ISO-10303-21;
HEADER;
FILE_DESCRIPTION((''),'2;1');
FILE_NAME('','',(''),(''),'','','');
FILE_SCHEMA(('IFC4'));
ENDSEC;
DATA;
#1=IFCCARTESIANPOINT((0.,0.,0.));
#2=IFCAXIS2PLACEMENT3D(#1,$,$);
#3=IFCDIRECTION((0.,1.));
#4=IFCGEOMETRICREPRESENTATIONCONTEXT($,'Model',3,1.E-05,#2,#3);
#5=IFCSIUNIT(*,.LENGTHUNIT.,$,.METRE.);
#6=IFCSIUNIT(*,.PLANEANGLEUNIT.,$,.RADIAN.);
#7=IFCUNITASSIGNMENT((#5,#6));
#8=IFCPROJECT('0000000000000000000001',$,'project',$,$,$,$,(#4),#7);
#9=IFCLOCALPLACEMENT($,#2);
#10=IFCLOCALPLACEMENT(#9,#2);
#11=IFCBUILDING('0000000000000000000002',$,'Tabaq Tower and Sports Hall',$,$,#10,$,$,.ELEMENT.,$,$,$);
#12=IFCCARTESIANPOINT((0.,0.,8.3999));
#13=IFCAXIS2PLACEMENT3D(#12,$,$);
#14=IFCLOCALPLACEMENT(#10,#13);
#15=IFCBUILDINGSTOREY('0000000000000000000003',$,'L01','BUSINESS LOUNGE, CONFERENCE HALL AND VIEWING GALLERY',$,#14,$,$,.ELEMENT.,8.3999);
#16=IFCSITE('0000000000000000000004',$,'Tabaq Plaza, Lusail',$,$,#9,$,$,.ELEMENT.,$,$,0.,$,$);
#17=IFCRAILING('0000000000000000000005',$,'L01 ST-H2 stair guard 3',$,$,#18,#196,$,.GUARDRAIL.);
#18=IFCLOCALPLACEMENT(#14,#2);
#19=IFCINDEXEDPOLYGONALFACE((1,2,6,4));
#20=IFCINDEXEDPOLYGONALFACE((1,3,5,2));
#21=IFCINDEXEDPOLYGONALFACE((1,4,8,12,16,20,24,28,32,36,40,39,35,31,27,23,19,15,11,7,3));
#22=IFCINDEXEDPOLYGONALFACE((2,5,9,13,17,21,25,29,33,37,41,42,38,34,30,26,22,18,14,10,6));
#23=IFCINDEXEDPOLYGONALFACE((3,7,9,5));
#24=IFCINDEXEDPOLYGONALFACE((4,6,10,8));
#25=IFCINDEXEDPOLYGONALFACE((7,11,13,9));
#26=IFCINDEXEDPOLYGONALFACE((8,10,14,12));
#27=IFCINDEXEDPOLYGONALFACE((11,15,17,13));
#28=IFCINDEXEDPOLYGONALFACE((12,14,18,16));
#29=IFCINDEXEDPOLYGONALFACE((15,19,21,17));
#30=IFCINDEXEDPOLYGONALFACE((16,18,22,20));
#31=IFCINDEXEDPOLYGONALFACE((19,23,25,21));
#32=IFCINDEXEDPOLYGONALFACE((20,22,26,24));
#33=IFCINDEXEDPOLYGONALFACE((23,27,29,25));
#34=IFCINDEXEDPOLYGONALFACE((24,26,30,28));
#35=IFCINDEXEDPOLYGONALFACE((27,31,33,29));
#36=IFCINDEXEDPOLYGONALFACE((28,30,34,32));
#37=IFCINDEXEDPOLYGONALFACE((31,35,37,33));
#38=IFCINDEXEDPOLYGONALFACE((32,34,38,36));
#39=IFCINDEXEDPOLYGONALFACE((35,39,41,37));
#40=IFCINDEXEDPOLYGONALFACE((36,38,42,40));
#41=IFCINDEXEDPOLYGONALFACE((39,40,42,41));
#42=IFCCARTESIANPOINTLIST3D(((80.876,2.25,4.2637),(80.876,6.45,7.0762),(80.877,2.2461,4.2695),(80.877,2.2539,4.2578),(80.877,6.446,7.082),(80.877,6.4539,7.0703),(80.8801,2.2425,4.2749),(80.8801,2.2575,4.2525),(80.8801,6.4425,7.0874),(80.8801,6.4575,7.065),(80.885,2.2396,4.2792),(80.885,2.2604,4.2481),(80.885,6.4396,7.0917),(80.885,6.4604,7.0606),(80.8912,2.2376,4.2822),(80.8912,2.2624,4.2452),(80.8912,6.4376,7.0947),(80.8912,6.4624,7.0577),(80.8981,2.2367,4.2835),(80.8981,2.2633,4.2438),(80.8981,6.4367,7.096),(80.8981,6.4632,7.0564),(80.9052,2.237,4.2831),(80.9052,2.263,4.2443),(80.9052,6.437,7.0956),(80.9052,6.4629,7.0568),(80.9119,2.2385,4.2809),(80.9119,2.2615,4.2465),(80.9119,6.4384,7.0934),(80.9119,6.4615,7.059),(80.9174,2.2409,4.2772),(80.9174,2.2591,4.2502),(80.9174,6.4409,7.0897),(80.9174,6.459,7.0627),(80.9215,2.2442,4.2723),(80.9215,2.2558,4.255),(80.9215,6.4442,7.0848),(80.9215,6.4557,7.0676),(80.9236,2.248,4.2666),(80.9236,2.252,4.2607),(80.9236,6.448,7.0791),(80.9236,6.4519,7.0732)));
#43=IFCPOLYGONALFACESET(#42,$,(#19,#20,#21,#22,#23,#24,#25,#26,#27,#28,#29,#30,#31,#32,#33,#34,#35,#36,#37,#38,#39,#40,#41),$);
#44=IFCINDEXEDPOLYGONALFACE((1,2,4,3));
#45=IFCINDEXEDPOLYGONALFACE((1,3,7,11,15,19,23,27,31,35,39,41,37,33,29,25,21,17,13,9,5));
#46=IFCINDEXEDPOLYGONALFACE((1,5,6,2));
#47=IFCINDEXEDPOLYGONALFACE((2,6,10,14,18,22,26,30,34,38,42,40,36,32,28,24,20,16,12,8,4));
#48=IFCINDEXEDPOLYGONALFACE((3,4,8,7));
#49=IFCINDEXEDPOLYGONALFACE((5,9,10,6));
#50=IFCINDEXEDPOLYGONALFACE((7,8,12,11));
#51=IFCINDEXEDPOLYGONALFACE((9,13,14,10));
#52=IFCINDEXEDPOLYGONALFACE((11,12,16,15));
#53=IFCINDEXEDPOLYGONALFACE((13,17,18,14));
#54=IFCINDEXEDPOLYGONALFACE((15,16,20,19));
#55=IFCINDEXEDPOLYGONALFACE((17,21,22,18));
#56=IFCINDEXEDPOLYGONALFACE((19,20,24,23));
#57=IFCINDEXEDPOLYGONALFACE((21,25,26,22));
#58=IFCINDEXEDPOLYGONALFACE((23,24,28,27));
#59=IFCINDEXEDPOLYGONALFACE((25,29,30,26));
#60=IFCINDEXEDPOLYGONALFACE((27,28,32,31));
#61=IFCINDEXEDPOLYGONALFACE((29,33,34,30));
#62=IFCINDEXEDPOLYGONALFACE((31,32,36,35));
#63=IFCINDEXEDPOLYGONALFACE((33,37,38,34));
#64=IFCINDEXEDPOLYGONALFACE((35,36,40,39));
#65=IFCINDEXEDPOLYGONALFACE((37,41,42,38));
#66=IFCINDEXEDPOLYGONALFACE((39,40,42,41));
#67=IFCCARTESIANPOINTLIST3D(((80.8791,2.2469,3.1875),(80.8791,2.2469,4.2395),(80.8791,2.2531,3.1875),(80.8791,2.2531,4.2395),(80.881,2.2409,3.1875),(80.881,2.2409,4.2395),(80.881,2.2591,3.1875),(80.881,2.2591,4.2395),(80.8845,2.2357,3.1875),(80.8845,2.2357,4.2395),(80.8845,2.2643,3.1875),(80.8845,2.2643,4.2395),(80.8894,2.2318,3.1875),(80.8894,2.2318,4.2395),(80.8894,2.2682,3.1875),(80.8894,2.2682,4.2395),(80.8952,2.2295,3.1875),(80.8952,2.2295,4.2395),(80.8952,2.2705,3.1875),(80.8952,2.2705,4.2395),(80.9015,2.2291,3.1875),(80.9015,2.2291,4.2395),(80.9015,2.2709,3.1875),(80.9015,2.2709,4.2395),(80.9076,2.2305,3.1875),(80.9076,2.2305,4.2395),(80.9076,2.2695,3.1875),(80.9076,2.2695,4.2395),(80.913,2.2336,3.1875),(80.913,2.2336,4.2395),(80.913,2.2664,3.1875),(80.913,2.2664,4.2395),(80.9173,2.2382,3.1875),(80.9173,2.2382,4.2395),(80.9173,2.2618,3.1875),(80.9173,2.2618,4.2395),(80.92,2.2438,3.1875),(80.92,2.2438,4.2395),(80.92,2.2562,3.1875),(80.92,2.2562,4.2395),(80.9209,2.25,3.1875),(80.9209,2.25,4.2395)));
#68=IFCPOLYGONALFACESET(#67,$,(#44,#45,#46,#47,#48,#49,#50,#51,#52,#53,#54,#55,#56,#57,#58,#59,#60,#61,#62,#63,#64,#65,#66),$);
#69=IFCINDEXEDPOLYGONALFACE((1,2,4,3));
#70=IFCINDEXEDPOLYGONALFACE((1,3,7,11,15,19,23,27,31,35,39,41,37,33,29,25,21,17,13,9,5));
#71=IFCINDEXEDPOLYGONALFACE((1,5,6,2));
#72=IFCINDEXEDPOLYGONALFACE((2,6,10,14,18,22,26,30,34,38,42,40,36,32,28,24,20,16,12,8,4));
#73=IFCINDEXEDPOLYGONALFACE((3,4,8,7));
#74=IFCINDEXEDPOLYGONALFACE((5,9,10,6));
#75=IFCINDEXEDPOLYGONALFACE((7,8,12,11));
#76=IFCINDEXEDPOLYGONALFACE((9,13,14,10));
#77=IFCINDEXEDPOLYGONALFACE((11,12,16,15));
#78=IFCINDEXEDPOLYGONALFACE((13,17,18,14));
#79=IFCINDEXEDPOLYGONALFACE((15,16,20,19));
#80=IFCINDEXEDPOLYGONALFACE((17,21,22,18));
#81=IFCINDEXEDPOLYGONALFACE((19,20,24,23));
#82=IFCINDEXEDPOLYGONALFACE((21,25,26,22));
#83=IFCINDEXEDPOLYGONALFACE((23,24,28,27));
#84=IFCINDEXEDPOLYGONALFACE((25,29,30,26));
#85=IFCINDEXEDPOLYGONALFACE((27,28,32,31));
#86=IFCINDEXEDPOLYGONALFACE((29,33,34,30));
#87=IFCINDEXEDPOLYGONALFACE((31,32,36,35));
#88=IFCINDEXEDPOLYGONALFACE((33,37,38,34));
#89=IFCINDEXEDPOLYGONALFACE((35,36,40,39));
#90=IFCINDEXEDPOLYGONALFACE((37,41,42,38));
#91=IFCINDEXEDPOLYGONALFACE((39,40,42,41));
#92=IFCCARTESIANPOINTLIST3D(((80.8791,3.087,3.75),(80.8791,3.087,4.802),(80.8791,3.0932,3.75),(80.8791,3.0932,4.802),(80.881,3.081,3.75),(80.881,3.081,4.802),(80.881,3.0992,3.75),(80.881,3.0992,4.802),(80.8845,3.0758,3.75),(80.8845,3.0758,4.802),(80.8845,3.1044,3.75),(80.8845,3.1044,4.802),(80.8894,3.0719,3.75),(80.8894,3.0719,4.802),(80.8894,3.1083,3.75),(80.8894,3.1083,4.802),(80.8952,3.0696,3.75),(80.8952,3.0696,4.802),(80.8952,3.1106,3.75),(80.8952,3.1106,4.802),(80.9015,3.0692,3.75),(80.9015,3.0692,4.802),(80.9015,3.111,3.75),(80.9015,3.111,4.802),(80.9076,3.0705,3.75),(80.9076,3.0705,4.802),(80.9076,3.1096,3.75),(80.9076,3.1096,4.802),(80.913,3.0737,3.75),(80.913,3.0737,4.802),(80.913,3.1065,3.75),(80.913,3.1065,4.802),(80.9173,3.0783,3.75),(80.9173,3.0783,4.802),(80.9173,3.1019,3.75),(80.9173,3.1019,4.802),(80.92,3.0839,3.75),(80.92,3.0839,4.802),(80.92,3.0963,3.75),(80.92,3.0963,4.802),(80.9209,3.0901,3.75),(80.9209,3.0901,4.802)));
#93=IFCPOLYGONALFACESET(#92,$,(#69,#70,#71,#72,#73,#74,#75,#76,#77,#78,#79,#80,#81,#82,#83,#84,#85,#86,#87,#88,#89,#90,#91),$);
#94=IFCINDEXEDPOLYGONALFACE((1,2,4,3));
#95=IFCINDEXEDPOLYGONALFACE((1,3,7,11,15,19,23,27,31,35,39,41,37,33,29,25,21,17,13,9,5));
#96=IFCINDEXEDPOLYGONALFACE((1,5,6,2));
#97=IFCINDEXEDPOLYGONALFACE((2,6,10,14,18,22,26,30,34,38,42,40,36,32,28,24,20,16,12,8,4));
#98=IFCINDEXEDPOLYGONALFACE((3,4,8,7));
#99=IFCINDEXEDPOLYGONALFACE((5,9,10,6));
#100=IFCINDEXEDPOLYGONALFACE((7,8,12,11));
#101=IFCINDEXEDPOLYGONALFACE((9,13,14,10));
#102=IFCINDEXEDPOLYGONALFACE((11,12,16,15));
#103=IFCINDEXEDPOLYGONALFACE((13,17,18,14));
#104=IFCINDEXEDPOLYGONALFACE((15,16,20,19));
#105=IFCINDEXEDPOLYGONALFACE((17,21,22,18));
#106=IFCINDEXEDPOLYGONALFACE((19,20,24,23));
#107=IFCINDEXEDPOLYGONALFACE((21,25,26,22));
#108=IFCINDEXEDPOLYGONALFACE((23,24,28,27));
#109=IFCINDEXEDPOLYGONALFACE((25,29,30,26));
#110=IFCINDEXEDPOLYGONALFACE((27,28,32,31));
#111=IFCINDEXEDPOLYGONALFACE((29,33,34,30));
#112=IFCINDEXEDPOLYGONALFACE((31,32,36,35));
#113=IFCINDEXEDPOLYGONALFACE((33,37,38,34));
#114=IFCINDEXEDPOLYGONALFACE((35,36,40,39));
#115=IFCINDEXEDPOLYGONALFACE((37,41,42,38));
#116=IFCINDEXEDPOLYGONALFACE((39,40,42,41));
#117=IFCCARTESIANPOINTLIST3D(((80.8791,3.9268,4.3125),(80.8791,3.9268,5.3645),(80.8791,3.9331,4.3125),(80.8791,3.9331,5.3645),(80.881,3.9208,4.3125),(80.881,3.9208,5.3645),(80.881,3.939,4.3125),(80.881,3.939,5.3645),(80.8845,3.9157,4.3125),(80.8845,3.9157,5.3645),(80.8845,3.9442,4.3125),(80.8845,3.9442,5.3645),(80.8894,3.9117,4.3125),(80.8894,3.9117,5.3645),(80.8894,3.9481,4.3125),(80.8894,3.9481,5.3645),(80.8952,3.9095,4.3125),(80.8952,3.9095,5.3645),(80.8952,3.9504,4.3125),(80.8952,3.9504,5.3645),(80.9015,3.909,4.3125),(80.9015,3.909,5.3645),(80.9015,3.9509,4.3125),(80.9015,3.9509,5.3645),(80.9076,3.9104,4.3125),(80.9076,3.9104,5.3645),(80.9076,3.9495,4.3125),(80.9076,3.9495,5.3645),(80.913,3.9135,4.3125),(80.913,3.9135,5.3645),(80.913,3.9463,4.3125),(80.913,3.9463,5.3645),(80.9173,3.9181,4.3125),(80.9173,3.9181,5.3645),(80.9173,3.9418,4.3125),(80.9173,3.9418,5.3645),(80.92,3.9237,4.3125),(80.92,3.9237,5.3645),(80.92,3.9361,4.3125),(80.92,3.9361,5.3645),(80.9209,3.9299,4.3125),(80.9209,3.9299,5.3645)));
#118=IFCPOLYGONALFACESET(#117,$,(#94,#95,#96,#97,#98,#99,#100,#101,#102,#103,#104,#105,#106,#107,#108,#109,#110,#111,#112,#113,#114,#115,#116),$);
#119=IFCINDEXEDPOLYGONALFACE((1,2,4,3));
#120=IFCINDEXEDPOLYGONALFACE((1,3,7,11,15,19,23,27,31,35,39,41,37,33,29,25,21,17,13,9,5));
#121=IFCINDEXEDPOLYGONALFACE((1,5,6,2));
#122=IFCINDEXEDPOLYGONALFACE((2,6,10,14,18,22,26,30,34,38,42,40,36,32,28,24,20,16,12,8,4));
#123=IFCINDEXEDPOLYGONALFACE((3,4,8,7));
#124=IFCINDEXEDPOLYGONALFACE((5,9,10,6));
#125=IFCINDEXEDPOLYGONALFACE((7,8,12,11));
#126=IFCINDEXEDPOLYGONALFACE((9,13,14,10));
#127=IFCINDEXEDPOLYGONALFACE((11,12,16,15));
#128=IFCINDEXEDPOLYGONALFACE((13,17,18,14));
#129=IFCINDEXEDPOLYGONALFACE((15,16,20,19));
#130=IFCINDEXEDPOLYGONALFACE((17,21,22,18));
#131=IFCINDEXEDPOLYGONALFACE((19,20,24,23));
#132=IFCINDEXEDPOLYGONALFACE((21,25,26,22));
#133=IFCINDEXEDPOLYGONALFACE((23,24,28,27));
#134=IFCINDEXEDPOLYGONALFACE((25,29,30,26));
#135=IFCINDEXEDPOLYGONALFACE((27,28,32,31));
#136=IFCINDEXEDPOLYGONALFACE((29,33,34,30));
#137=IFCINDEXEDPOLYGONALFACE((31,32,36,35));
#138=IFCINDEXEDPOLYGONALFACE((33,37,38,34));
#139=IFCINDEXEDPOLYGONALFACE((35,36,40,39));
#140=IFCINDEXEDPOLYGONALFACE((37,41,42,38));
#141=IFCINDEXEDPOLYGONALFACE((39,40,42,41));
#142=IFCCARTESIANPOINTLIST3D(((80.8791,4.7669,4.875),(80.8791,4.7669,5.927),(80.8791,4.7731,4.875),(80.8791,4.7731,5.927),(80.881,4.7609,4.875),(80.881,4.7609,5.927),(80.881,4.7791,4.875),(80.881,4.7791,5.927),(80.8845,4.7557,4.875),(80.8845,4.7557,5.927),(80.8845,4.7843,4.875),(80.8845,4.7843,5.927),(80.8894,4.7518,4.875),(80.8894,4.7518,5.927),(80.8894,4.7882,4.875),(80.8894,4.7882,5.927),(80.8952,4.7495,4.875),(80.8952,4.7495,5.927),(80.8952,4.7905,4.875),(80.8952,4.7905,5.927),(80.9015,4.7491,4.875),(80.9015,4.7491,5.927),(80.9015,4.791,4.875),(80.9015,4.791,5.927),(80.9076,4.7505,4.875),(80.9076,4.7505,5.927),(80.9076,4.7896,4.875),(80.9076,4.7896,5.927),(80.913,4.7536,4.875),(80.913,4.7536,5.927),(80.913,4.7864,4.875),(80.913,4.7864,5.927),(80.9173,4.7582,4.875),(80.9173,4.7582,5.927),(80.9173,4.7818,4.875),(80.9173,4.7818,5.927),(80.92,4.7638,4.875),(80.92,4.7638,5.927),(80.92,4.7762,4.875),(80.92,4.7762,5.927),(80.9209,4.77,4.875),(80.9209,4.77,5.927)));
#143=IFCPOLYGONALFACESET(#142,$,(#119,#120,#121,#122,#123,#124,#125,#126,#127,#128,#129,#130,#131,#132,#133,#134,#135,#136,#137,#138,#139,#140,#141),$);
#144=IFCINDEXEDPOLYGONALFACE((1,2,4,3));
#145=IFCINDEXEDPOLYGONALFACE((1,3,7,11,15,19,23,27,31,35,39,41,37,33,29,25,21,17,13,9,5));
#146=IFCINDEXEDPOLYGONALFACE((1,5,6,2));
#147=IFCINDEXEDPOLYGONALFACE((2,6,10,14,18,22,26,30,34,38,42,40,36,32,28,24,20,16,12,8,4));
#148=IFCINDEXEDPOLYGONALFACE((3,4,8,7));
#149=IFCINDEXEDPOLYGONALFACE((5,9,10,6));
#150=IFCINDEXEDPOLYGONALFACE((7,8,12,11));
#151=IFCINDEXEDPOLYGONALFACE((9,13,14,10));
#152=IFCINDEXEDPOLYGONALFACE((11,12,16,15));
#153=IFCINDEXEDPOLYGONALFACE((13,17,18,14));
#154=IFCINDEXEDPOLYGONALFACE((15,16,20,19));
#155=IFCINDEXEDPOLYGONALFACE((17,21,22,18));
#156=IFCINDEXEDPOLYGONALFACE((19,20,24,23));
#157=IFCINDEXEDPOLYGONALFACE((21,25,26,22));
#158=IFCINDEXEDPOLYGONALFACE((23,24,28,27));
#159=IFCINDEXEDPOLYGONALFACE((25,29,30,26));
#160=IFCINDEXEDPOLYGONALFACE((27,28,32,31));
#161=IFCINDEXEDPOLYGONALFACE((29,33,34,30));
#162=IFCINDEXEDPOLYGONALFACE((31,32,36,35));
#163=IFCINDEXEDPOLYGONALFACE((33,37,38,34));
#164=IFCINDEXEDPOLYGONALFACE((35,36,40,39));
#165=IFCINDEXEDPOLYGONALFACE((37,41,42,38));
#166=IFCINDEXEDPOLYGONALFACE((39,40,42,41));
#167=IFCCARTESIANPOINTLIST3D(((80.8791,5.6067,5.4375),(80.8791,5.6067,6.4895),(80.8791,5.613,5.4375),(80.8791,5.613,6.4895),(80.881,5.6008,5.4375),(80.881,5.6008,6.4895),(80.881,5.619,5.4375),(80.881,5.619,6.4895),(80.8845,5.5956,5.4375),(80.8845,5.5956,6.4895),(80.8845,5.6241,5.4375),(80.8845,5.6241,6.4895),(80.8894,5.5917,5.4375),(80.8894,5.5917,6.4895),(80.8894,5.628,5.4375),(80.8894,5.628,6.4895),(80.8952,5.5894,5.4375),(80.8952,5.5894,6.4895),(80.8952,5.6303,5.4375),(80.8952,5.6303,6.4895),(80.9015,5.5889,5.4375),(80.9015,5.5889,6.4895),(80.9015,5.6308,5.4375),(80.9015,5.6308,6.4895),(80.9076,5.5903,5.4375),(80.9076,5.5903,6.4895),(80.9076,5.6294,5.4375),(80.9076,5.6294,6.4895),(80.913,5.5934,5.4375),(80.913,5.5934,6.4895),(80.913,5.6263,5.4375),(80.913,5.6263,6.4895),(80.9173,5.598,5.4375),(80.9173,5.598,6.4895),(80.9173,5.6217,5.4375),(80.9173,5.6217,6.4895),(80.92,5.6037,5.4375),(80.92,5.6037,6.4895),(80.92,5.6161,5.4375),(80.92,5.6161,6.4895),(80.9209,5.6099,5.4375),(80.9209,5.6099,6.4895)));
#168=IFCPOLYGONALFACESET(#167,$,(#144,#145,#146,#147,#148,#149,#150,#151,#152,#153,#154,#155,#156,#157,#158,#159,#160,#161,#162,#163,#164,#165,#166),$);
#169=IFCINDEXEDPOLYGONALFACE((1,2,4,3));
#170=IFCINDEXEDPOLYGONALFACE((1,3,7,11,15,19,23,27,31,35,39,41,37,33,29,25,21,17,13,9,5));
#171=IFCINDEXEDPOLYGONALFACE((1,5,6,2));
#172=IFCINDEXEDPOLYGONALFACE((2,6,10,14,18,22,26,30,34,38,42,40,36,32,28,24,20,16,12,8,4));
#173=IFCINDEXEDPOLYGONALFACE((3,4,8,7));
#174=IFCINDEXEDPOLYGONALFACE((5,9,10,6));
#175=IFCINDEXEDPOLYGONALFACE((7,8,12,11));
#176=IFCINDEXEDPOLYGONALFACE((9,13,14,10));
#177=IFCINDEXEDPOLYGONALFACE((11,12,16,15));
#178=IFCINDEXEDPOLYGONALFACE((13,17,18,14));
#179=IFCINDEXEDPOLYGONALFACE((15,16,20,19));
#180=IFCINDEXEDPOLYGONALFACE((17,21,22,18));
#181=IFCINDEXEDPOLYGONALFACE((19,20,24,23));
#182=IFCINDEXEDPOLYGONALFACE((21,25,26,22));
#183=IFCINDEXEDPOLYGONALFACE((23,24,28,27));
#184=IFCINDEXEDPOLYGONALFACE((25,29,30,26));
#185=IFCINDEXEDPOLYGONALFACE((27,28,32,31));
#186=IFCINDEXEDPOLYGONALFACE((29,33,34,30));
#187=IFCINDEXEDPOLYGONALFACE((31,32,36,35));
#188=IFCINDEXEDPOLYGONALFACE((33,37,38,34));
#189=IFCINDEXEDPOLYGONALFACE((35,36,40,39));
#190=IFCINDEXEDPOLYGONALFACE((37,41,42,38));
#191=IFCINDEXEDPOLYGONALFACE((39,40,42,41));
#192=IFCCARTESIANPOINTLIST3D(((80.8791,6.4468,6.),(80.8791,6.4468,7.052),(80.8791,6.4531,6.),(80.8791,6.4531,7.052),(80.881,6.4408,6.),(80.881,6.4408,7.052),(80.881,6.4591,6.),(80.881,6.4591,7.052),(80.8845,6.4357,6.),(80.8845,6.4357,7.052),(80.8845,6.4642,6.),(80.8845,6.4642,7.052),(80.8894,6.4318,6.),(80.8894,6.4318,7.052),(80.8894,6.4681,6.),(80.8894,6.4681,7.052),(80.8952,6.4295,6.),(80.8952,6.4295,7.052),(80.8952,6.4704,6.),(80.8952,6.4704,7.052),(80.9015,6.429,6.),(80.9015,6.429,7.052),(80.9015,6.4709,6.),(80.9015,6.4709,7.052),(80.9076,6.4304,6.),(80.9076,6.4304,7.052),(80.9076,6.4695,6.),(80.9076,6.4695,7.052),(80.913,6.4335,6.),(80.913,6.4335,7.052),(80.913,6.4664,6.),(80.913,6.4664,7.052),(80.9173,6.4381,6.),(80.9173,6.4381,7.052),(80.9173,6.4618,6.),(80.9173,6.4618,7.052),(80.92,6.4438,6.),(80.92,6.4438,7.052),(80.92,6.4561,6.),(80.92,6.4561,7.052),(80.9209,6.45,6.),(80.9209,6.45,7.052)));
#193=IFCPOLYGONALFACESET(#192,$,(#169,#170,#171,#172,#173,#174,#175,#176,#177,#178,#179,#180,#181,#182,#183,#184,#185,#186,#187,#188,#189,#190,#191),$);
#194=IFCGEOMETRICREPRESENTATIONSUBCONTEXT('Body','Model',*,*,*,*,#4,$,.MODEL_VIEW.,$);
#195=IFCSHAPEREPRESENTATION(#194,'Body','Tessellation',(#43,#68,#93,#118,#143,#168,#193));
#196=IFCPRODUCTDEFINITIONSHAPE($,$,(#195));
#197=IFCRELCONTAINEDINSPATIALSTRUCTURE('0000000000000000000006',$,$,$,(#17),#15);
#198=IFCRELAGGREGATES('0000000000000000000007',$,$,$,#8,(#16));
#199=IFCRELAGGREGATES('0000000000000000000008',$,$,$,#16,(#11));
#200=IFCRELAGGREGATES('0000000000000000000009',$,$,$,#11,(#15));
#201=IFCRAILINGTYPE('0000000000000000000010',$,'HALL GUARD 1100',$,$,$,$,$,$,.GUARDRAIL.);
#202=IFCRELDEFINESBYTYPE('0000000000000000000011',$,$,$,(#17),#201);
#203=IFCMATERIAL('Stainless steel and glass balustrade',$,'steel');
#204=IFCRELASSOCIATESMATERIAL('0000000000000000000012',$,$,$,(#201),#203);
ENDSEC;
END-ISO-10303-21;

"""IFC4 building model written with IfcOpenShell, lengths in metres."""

from ifc_helpers import new_model, si_unit, direction, frame, origin, origin_2d, place, context, subcontext, project, spatial, circle, extrude, material, type_object, element, save


model = new_model("IFC4")

# Units and contexts
model_context = context("Model", 3, precision=1e-05, world=origin(), true_north=direction((0.0, 1.0)))
body_context = subcontext(model_context, "Body", "Model", "MODEL_VIEW")
ifc_project = project(units=[si_unit("LENGTHUNIT", "METRE"), si_unit("PLANEANGLEUNIT", "RADIAN")], contexts=[model_context])

# Site, building, storey
site_placement = place(None, origin())
site = spatial("IfcSite", under=ifc_project, at=site_placement, Name="Tabaq Plaza, Lusail", CompositionType="ELEMENT", RefElevation=0.0)
building_placement = place(site_placement, origin())
building = spatial("IfcBuilding", under=site, at=building_placement, Name="Tabaq Tower and Sports Hall", CompositionType="ELEMENT")
storey_placement = place(building_placement, frame((0.0, 0.0, 8.3999)))
storey = spatial("IfcBuildingStorey", under=building, at=storey_placement, Name="L01", Description="BUSINESS LOUNGE, CONFERENCE HALL AND VIEWING GALLERY", CompositionType="ELEMENT", Elevation=8.3999)

# Railing
ifc_material_1 = material(Name="Stainless steel and glass balustrade", Category="steel")
railing_type_1 = type_object("IfcRailingType", Name="HALL GUARD 1100", PredefinedType="GUARDRAIL", material=ifc_material_1)
railing_1_placement = place(storey_placement, frame((80.8999, 2.25, 3.1875)))
element("IfcRailing", 1, at=railing_1_placement, inside=storey, type_object=railing_type_1, Name="L01 ST-H2 stair guard 3", PredefinedType="GUARDRAIL", context=body_context, shape_type="SweptSolid", body=[
    extrude(circle(Radius=0.0239, at=origin_2d()), frame((0.0, 0.0, 1.0762), z_axis=(0.0, 0.830904, 0.556416), x_axis=(-1.0, 0.0, 0.0)), (0.0, 0.0, 1.0), 5.0547),
    extrude(circle(Radius=0.021, at=origin_2d()), origin(), (0.0, 0.0, 1.0), 1.052),
    extrude(circle(Radius=0.021, at=origin_2d()), frame((0.0, 0.8401, 0.5625)), (0.0, 0.0, 1.0), 1.052),
    extrude(circle(Radius=0.021, at=origin_2d()), frame((0.0, 1.6799, 1.125)), (0.0, 0.0, 1.0), 1.052),
    extrude(circle(Radius=0.021, at=origin_2d()), frame((0.0, 2.52, 1.6875)), (0.0, 0.0, 1.0), 1.052),
    extrude(circle(Radius=0.021, at=origin_2d()), frame((0.0, 3.3599, 2.25)), (0.0, 0.0, 1.0), 1.052),
    extrude(circle(Radius=0.021, at=origin_2d()), frame((0.0, 4.2, 2.8125)), (0.0, 0.0, 1.0), 1.052),
])

save(model, "model.ifc")
